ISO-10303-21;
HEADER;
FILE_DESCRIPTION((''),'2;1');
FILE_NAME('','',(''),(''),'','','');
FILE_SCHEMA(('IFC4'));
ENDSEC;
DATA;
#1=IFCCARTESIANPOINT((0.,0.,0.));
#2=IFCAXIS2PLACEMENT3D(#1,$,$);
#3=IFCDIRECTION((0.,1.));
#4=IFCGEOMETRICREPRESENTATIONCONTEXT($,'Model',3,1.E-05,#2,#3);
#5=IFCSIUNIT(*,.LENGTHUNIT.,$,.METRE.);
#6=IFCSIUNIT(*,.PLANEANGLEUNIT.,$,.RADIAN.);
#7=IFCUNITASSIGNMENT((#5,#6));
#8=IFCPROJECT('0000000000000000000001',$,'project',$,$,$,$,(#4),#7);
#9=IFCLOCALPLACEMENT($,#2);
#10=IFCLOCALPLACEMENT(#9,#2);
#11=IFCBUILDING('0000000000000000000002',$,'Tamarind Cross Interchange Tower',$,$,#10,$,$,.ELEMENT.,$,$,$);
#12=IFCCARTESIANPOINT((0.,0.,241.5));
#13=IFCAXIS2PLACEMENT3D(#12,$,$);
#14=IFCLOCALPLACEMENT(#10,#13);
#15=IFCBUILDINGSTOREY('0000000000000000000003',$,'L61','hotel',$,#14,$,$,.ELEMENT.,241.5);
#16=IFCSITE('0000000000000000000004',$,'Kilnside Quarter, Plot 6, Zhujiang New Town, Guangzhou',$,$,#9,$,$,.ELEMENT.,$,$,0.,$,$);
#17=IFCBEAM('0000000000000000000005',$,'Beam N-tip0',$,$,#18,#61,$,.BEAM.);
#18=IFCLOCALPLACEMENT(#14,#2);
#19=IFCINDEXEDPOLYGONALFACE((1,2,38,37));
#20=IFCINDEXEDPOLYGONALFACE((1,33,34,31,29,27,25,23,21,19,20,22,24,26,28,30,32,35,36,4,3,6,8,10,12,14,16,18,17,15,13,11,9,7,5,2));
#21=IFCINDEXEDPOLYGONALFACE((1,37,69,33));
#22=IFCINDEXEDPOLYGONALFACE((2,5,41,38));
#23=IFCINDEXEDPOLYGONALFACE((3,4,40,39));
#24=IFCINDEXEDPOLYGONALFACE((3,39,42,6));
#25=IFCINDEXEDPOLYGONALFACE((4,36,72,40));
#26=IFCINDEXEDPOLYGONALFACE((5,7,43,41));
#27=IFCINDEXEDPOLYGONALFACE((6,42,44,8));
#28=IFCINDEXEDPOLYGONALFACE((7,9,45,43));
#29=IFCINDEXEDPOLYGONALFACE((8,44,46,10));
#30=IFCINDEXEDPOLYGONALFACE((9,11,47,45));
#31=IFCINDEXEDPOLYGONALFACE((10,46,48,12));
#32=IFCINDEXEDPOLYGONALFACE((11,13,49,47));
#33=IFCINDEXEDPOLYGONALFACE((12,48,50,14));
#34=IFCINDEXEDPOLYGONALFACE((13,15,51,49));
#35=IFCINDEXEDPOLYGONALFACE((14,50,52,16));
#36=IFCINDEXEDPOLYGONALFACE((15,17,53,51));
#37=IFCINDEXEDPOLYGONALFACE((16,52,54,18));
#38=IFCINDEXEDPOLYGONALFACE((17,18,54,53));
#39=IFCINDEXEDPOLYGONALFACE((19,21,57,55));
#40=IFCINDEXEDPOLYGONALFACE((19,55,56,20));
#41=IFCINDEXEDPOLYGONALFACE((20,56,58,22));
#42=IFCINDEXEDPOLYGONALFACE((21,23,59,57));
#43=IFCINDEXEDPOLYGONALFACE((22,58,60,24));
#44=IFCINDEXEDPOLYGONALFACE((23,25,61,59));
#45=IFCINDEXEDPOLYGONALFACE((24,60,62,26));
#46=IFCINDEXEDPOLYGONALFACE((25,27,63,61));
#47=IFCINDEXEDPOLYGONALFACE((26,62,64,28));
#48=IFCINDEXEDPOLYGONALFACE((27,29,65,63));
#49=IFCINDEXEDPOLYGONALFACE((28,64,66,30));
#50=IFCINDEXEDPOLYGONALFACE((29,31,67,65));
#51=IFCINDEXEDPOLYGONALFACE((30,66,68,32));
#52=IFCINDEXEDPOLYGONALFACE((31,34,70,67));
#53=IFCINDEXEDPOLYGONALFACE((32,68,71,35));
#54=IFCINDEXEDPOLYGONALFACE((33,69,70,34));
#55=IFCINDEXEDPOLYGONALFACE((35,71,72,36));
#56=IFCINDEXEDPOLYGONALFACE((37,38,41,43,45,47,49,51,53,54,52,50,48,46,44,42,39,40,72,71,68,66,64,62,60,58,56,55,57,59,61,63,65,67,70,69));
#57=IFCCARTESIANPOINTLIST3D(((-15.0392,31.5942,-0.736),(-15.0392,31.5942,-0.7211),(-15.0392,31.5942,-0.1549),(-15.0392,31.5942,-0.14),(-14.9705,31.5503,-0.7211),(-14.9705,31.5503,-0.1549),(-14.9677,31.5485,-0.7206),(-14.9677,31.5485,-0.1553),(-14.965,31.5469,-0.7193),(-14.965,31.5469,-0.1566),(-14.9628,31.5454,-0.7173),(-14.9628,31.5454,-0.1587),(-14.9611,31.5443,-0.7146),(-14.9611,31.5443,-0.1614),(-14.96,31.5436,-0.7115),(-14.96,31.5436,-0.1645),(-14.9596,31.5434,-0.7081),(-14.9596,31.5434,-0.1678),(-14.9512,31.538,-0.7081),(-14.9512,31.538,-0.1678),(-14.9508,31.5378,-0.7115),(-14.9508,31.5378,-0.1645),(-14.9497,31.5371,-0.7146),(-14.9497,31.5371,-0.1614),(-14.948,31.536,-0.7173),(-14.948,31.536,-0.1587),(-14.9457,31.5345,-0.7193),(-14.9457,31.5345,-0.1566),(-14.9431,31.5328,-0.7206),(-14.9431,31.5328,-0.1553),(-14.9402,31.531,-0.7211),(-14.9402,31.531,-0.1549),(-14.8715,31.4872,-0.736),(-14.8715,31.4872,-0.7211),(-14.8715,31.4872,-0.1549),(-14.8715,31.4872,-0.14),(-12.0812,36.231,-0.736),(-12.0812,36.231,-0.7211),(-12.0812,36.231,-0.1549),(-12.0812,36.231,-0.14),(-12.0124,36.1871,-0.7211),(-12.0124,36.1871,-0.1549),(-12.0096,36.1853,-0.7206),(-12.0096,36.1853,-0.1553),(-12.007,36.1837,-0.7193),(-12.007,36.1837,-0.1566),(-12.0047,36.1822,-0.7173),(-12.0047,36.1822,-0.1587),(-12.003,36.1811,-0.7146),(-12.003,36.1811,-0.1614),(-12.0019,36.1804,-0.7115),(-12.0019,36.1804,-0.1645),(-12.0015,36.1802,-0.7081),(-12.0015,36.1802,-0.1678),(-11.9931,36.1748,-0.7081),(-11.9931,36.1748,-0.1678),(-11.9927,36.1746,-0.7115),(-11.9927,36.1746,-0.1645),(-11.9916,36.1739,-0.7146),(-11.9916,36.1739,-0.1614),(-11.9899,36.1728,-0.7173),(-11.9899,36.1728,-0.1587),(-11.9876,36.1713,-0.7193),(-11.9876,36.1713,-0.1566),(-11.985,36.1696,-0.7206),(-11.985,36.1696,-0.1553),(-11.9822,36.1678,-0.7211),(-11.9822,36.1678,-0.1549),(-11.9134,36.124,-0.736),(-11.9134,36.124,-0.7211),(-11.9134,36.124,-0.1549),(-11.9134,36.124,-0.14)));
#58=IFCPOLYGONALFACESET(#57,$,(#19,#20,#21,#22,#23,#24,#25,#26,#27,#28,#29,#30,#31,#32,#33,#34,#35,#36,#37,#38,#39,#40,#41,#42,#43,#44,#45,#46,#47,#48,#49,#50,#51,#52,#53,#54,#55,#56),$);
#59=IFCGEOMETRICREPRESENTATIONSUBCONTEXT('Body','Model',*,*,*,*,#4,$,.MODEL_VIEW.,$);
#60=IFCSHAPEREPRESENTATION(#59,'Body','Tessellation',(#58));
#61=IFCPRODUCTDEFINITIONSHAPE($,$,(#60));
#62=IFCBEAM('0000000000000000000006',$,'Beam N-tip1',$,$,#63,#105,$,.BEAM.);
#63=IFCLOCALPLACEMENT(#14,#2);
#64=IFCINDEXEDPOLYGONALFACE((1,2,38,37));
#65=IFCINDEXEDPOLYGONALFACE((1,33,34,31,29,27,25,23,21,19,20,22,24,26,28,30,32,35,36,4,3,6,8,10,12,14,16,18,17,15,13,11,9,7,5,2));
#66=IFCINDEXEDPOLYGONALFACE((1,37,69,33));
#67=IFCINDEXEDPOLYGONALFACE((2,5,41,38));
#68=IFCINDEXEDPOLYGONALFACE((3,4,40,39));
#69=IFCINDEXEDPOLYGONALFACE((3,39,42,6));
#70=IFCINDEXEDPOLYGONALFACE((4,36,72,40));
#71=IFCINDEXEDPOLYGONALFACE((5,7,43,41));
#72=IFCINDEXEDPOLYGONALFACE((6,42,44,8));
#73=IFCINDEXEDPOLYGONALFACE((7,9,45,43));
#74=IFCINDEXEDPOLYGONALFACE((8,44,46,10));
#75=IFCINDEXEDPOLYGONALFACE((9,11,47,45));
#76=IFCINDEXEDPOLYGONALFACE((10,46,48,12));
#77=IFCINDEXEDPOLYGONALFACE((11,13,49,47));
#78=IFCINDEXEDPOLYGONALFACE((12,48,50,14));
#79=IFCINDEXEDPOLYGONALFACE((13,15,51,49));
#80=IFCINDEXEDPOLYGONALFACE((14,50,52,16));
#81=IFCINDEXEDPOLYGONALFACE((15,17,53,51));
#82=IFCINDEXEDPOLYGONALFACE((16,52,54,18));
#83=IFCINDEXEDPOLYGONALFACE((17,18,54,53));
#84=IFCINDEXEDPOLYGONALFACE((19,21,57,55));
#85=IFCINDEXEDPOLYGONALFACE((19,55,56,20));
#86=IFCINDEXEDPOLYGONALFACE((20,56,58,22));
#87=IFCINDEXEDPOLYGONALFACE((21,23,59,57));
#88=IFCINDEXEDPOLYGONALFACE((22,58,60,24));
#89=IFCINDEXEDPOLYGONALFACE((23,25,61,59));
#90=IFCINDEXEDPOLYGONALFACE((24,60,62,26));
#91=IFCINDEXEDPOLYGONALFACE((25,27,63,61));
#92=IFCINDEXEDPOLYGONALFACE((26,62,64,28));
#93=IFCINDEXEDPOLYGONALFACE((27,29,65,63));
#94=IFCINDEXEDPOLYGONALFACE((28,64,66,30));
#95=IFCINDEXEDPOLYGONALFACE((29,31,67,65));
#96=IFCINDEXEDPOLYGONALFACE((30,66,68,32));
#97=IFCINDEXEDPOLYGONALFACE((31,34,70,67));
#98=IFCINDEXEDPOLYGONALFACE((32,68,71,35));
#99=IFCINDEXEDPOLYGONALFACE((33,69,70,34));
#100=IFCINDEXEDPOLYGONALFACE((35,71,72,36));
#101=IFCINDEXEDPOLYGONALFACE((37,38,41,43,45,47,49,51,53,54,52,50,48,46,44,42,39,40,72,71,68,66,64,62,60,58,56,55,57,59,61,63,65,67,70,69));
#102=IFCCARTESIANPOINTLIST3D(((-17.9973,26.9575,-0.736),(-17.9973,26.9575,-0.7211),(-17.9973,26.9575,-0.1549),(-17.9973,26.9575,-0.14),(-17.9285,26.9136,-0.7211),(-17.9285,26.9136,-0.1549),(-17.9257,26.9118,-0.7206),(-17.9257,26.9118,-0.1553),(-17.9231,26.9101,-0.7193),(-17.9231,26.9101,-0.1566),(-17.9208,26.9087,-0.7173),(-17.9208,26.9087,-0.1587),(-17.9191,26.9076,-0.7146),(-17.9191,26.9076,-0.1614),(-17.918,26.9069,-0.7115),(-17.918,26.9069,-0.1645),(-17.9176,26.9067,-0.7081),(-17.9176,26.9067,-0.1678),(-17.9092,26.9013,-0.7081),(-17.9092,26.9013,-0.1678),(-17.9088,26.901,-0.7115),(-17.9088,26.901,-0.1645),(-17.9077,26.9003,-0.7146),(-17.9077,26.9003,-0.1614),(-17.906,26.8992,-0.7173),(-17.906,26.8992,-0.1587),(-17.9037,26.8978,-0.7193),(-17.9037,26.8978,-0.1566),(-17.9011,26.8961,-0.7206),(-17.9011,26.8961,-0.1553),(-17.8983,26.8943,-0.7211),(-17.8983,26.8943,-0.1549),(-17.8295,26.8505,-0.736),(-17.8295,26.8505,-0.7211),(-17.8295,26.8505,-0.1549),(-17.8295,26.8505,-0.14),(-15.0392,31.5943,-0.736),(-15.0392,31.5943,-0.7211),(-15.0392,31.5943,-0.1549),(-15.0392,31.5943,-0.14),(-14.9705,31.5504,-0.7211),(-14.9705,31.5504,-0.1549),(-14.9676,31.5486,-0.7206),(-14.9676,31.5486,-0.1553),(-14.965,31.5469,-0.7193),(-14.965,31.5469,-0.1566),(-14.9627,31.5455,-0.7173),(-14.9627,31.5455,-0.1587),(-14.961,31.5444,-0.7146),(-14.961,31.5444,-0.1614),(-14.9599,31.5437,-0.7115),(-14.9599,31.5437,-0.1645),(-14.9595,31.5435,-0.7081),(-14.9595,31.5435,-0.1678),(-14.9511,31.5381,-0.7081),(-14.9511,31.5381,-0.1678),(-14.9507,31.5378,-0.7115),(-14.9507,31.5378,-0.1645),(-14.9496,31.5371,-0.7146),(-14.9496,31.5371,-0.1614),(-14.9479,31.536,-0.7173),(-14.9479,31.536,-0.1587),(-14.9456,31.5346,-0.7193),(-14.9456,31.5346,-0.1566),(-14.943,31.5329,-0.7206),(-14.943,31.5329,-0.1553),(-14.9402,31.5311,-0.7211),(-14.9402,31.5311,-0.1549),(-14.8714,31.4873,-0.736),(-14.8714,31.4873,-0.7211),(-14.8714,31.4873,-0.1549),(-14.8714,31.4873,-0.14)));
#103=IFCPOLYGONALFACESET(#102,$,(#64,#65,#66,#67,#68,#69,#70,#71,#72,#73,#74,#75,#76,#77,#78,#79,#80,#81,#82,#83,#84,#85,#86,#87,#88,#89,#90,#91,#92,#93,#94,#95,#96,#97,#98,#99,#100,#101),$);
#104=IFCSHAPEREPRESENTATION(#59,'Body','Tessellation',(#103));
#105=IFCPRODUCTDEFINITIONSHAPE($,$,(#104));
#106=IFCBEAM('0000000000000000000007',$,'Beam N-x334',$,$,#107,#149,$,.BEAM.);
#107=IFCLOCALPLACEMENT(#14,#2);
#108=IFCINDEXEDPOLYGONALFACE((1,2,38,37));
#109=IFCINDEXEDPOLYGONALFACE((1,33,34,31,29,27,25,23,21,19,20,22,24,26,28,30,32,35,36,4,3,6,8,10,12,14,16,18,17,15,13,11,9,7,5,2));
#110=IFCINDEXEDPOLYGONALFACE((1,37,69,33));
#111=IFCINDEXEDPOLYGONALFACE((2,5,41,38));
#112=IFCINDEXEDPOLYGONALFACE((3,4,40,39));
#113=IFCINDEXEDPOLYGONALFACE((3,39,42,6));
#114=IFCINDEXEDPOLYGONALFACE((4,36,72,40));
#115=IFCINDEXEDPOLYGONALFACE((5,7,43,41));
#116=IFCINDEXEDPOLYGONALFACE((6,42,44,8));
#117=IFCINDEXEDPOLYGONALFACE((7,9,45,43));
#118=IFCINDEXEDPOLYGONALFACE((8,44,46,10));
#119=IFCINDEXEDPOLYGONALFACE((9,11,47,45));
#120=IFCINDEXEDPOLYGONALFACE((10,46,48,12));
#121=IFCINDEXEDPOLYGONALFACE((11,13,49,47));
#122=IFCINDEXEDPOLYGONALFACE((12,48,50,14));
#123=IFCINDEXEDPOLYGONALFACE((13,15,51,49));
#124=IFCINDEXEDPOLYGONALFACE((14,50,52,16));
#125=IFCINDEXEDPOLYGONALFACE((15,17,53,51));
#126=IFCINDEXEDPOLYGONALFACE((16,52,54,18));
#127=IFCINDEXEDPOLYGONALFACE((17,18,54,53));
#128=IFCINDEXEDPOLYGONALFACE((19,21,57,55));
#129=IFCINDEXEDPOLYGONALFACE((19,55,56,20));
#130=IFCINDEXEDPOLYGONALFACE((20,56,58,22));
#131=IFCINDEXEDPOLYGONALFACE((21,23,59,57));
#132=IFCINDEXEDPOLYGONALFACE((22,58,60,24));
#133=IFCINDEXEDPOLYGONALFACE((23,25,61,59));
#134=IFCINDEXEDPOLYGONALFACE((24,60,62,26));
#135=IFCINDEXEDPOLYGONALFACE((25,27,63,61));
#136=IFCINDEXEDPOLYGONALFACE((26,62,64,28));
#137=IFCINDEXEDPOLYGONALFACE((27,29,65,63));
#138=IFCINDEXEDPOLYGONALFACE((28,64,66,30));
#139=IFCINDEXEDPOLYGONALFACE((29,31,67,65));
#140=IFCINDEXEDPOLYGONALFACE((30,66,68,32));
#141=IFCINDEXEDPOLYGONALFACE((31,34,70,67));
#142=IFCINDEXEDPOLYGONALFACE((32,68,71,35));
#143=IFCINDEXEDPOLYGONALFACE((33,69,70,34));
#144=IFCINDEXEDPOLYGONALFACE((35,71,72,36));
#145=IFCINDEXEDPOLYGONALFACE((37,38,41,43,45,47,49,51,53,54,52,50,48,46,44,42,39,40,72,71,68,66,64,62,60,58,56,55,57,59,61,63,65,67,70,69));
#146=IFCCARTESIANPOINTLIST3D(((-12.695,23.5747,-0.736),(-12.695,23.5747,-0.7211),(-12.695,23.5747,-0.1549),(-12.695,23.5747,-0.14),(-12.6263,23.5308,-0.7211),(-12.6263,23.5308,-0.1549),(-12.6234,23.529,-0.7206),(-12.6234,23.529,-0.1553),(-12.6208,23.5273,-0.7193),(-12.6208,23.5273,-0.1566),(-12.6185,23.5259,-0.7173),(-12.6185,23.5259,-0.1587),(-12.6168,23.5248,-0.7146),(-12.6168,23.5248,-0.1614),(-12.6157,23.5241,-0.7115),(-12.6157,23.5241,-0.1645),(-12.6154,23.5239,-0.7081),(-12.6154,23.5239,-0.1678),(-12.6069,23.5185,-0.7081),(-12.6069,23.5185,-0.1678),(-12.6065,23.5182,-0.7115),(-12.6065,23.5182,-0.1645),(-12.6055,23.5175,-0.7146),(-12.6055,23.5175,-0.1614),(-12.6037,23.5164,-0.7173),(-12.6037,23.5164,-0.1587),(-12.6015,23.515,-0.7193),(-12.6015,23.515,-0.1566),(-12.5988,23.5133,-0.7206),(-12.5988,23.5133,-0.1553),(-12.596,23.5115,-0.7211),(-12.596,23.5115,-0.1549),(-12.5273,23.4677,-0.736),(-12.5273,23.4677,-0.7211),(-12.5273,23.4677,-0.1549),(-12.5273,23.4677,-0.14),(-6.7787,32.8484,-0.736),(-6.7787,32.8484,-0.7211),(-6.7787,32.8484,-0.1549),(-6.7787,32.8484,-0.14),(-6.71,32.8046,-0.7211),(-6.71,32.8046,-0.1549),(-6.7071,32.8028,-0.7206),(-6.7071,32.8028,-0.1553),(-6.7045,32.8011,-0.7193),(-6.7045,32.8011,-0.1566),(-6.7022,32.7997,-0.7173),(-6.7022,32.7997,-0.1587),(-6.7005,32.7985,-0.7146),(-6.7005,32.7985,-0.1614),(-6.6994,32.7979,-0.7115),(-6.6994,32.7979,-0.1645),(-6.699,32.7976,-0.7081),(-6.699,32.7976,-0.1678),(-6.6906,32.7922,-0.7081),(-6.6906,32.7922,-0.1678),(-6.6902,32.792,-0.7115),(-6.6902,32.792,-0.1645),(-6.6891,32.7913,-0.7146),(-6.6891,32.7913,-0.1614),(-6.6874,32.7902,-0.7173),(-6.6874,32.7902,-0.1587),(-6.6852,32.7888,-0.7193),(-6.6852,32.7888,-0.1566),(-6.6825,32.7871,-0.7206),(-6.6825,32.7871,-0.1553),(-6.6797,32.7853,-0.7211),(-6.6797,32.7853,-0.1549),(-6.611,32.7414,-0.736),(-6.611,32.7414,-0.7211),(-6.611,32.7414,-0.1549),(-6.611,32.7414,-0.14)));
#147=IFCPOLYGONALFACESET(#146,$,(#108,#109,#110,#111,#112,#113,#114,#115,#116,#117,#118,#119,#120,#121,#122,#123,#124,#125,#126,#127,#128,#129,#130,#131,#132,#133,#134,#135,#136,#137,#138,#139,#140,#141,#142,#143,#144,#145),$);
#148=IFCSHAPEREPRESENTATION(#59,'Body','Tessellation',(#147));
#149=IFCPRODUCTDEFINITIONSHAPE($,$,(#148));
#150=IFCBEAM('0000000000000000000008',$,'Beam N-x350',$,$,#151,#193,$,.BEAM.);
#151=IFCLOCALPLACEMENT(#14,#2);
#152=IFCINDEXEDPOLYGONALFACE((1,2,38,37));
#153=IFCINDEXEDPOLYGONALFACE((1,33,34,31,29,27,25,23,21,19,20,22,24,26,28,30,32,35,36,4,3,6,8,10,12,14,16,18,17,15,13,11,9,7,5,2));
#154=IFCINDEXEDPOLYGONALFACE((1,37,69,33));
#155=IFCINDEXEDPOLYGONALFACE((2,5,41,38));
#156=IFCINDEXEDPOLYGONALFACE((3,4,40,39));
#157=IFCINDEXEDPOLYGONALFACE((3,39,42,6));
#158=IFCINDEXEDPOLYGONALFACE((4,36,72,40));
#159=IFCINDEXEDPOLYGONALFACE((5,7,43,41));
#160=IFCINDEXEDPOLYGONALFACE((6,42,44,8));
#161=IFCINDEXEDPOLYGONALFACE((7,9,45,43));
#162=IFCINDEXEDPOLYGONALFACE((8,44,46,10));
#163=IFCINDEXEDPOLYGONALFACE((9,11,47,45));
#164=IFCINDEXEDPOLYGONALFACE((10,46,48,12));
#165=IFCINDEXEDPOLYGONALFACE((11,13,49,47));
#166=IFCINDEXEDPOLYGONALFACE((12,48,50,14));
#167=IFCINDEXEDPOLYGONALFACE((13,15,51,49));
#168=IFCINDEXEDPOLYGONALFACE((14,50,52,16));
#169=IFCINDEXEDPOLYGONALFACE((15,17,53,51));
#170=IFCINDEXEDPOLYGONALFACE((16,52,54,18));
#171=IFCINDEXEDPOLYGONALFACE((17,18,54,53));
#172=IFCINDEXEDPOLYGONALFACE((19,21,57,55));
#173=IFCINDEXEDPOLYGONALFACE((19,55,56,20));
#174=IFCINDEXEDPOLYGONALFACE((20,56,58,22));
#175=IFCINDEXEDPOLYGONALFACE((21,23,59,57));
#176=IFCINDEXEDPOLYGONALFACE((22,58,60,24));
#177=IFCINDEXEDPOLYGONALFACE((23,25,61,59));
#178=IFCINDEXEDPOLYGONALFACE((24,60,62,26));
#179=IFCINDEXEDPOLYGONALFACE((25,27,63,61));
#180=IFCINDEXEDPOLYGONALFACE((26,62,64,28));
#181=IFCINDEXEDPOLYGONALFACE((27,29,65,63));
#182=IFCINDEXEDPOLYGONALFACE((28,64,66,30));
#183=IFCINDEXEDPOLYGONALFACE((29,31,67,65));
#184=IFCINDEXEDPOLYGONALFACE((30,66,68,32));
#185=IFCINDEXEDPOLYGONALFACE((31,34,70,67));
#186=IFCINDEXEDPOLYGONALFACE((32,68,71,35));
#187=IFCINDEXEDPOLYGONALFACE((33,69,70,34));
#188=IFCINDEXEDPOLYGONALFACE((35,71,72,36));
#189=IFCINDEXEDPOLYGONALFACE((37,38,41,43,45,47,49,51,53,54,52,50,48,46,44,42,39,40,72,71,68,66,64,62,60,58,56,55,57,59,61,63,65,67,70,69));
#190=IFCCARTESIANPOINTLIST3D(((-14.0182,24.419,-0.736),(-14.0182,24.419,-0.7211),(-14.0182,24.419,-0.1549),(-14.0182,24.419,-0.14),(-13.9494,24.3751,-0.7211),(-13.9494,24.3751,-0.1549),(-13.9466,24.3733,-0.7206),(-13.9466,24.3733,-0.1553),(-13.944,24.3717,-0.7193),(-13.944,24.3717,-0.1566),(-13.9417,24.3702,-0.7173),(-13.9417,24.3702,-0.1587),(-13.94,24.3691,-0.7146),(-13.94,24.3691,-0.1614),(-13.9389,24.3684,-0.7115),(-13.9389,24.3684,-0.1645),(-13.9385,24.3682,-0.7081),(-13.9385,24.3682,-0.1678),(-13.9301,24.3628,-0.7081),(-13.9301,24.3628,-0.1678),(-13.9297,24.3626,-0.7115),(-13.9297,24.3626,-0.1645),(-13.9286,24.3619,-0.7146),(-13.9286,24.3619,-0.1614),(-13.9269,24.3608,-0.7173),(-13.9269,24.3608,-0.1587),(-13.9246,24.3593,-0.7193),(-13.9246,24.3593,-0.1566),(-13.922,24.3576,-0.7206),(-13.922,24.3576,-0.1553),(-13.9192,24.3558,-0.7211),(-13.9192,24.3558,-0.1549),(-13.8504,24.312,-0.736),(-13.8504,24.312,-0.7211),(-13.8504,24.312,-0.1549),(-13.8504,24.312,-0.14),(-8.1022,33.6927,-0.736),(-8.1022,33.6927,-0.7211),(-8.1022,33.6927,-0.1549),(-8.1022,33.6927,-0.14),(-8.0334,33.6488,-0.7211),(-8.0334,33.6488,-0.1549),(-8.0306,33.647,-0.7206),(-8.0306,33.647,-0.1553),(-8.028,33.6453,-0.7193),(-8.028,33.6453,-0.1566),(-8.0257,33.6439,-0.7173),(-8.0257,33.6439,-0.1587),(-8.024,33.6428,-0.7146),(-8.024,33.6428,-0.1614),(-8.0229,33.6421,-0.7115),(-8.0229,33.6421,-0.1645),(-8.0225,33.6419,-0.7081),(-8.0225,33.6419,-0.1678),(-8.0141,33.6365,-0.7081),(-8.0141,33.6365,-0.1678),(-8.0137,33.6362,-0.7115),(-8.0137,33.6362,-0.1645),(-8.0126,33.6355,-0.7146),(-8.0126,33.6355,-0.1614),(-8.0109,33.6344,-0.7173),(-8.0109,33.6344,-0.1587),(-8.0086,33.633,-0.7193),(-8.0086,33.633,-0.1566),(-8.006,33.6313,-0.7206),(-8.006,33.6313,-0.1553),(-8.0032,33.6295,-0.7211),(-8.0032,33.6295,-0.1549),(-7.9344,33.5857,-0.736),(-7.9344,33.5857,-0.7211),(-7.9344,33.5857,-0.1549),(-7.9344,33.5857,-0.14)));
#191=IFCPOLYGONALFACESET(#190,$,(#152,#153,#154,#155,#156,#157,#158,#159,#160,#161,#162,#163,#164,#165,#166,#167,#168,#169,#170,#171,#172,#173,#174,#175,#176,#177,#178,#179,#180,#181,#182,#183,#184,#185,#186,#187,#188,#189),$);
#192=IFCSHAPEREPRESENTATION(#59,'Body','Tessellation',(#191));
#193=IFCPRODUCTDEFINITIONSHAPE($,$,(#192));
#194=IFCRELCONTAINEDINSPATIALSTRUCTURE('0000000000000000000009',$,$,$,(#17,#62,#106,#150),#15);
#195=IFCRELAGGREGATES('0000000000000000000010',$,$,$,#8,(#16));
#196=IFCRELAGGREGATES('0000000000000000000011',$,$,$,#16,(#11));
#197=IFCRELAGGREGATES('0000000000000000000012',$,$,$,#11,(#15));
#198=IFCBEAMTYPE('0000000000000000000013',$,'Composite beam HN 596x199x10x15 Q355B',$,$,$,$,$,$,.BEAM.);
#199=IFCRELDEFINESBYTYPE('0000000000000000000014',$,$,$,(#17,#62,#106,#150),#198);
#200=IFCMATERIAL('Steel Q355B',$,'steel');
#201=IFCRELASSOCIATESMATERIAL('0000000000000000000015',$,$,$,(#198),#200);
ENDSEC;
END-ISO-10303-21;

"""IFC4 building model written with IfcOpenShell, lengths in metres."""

from ifc_helpers import new_model, si_unit, direction, frame, origin, origin_2d, place, context, subcontext, project, spatial, i_section, extrude, material, material_profile, profile_set, type_object, element, save


model = new_model("IFC4")

# Units and contexts
model_context = context("Model", 3, precision=1e-05, world=origin(), true_north=direction((0.0, 1.0)))
body_context = subcontext(model_context, "Body", "Model", "MODEL_VIEW")
ifc_project = project(units=[si_unit("LENGTHUNIT", "METRE"), si_unit("PLANEANGLEUNIT", "RADIAN")], contexts=[model_context])

# Site, building, storey
site_placement = place(None, origin())
site = spatial("IfcSite", under=ifc_project, at=site_placement, Name="Kilnside Quarter, Plot 6, Zhujiang New Town, Guangzhou", CompositionType="ELEMENT", RefElevation=0.0)
building_placement = place(site_placement, origin())
building = spatial("IfcBuilding", under=site, at=building_placement, Name="Tamarind Cross Interchange Tower", CompositionType="ELEMENT")
storey_placement = place(building_placement, frame((0.0, 0.0, 241.5)))
storey = spatial("IfcBuildingStorey", under=building, at=storey_placement, Name="L61", Description="hotel", CompositionType="ELEMENT", Elevation=241.5)

# Beams
ifc_material_1 = material(Name="Steel Q355B", Category="steel")
ifc_material_profile_1 = material_profile(ifc_material_1, i_section(OverallWidth=0.199, OverallDepth=0.5959, WebThickness=0.01, FlangeThickness=0.0149, FilletRadius=0.0129, at=origin_2d()), Name="HN 596x199x10x15")
ifc_profile_set_1 = profile_set([ifc_material_profile_1], Name="Steel Q355B")
beam_type_1 = type_object("IfcBeamType", Name="Composite beam HN 596x199x10x15 Q355B", PredefinedType="BEAM", material=ifc_profile_set_1)
for number, where, z_axis, x_axis, name in (
    (1, (-11.9973, 36.1775, -0.438), (-0.537829, -0.843054, 0.0), (0.843054, -0.537829, 0.0), "Beam N-tip0"),
    (2, (-14.9553, 31.5408, -0.438), (-0.537829, -0.843054, 0.0), (0.843054, -0.537829, 0.0), "Beam N-tip1"),
):
    element("IfcBeam", number, at=place(storey_placement, frame(where, z_axis=z_axis, x_axis=x_axis)), inside=storey, type_object=beam_type_1, Name=name, PredefinedType="BEAM", context=body_context, shape_type="SweptSolid", body=[
        extrude(i_section(OverallWidth=0.199, OverallDepth=0.5959, WebThickness=0.01, FlangeThickness=0.0149, FilletRadius=0.0129, at=origin_2d()), origin(), (0.0, 0.0, 1.0), 5.5),
    ])
beam_1_placement = place(storey_placement, frame((-6.6948, 32.7949, -0.438), z_axis=(-0.537834, -0.84305, 0.0), x_axis=(0.84305, -0.537834, 0.0)))
element("IfcBeam", 3, at=beam_1_placement, inside=storey, type_object=beam_type_1, Name="Beam N-x334", PredefinedType="BEAM", context=body_context, shape_type="SweptSolid", body=[
    extrude(i_section(OverallWidth=0.199, OverallDepth=0.5959, WebThickness=0.01, FlangeThickness=0.0149, FilletRadius=0.0129, at=origin_2d()), origin(), (0.0, 0.0, 1.0), 11.0002),
])
beam_2_placement = place(storey_placement, frame((-8.0183, 33.6392, -0.438), z_axis=(-0.537819, -0.843061, 0.0), x_axis=(0.843061, -0.537819, 0.0)))
element("IfcBeam", 4, at=beam_2_placement, inside=storey, type_object=beam_type_1, Name="Beam N-x350", PredefinedType="BEAM", context=body_context, shape_type="SweptSolid", body=[
    extrude(i_section(OverallWidth=0.199, OverallDepth=0.5959, WebThickness=0.01, FlangeThickness=0.0149, FilletRadius=0.0129, at=origin_2d()), origin(), (0.0, 0.0, 1.0), 11.0),
])

save(model, "model.ifc")
